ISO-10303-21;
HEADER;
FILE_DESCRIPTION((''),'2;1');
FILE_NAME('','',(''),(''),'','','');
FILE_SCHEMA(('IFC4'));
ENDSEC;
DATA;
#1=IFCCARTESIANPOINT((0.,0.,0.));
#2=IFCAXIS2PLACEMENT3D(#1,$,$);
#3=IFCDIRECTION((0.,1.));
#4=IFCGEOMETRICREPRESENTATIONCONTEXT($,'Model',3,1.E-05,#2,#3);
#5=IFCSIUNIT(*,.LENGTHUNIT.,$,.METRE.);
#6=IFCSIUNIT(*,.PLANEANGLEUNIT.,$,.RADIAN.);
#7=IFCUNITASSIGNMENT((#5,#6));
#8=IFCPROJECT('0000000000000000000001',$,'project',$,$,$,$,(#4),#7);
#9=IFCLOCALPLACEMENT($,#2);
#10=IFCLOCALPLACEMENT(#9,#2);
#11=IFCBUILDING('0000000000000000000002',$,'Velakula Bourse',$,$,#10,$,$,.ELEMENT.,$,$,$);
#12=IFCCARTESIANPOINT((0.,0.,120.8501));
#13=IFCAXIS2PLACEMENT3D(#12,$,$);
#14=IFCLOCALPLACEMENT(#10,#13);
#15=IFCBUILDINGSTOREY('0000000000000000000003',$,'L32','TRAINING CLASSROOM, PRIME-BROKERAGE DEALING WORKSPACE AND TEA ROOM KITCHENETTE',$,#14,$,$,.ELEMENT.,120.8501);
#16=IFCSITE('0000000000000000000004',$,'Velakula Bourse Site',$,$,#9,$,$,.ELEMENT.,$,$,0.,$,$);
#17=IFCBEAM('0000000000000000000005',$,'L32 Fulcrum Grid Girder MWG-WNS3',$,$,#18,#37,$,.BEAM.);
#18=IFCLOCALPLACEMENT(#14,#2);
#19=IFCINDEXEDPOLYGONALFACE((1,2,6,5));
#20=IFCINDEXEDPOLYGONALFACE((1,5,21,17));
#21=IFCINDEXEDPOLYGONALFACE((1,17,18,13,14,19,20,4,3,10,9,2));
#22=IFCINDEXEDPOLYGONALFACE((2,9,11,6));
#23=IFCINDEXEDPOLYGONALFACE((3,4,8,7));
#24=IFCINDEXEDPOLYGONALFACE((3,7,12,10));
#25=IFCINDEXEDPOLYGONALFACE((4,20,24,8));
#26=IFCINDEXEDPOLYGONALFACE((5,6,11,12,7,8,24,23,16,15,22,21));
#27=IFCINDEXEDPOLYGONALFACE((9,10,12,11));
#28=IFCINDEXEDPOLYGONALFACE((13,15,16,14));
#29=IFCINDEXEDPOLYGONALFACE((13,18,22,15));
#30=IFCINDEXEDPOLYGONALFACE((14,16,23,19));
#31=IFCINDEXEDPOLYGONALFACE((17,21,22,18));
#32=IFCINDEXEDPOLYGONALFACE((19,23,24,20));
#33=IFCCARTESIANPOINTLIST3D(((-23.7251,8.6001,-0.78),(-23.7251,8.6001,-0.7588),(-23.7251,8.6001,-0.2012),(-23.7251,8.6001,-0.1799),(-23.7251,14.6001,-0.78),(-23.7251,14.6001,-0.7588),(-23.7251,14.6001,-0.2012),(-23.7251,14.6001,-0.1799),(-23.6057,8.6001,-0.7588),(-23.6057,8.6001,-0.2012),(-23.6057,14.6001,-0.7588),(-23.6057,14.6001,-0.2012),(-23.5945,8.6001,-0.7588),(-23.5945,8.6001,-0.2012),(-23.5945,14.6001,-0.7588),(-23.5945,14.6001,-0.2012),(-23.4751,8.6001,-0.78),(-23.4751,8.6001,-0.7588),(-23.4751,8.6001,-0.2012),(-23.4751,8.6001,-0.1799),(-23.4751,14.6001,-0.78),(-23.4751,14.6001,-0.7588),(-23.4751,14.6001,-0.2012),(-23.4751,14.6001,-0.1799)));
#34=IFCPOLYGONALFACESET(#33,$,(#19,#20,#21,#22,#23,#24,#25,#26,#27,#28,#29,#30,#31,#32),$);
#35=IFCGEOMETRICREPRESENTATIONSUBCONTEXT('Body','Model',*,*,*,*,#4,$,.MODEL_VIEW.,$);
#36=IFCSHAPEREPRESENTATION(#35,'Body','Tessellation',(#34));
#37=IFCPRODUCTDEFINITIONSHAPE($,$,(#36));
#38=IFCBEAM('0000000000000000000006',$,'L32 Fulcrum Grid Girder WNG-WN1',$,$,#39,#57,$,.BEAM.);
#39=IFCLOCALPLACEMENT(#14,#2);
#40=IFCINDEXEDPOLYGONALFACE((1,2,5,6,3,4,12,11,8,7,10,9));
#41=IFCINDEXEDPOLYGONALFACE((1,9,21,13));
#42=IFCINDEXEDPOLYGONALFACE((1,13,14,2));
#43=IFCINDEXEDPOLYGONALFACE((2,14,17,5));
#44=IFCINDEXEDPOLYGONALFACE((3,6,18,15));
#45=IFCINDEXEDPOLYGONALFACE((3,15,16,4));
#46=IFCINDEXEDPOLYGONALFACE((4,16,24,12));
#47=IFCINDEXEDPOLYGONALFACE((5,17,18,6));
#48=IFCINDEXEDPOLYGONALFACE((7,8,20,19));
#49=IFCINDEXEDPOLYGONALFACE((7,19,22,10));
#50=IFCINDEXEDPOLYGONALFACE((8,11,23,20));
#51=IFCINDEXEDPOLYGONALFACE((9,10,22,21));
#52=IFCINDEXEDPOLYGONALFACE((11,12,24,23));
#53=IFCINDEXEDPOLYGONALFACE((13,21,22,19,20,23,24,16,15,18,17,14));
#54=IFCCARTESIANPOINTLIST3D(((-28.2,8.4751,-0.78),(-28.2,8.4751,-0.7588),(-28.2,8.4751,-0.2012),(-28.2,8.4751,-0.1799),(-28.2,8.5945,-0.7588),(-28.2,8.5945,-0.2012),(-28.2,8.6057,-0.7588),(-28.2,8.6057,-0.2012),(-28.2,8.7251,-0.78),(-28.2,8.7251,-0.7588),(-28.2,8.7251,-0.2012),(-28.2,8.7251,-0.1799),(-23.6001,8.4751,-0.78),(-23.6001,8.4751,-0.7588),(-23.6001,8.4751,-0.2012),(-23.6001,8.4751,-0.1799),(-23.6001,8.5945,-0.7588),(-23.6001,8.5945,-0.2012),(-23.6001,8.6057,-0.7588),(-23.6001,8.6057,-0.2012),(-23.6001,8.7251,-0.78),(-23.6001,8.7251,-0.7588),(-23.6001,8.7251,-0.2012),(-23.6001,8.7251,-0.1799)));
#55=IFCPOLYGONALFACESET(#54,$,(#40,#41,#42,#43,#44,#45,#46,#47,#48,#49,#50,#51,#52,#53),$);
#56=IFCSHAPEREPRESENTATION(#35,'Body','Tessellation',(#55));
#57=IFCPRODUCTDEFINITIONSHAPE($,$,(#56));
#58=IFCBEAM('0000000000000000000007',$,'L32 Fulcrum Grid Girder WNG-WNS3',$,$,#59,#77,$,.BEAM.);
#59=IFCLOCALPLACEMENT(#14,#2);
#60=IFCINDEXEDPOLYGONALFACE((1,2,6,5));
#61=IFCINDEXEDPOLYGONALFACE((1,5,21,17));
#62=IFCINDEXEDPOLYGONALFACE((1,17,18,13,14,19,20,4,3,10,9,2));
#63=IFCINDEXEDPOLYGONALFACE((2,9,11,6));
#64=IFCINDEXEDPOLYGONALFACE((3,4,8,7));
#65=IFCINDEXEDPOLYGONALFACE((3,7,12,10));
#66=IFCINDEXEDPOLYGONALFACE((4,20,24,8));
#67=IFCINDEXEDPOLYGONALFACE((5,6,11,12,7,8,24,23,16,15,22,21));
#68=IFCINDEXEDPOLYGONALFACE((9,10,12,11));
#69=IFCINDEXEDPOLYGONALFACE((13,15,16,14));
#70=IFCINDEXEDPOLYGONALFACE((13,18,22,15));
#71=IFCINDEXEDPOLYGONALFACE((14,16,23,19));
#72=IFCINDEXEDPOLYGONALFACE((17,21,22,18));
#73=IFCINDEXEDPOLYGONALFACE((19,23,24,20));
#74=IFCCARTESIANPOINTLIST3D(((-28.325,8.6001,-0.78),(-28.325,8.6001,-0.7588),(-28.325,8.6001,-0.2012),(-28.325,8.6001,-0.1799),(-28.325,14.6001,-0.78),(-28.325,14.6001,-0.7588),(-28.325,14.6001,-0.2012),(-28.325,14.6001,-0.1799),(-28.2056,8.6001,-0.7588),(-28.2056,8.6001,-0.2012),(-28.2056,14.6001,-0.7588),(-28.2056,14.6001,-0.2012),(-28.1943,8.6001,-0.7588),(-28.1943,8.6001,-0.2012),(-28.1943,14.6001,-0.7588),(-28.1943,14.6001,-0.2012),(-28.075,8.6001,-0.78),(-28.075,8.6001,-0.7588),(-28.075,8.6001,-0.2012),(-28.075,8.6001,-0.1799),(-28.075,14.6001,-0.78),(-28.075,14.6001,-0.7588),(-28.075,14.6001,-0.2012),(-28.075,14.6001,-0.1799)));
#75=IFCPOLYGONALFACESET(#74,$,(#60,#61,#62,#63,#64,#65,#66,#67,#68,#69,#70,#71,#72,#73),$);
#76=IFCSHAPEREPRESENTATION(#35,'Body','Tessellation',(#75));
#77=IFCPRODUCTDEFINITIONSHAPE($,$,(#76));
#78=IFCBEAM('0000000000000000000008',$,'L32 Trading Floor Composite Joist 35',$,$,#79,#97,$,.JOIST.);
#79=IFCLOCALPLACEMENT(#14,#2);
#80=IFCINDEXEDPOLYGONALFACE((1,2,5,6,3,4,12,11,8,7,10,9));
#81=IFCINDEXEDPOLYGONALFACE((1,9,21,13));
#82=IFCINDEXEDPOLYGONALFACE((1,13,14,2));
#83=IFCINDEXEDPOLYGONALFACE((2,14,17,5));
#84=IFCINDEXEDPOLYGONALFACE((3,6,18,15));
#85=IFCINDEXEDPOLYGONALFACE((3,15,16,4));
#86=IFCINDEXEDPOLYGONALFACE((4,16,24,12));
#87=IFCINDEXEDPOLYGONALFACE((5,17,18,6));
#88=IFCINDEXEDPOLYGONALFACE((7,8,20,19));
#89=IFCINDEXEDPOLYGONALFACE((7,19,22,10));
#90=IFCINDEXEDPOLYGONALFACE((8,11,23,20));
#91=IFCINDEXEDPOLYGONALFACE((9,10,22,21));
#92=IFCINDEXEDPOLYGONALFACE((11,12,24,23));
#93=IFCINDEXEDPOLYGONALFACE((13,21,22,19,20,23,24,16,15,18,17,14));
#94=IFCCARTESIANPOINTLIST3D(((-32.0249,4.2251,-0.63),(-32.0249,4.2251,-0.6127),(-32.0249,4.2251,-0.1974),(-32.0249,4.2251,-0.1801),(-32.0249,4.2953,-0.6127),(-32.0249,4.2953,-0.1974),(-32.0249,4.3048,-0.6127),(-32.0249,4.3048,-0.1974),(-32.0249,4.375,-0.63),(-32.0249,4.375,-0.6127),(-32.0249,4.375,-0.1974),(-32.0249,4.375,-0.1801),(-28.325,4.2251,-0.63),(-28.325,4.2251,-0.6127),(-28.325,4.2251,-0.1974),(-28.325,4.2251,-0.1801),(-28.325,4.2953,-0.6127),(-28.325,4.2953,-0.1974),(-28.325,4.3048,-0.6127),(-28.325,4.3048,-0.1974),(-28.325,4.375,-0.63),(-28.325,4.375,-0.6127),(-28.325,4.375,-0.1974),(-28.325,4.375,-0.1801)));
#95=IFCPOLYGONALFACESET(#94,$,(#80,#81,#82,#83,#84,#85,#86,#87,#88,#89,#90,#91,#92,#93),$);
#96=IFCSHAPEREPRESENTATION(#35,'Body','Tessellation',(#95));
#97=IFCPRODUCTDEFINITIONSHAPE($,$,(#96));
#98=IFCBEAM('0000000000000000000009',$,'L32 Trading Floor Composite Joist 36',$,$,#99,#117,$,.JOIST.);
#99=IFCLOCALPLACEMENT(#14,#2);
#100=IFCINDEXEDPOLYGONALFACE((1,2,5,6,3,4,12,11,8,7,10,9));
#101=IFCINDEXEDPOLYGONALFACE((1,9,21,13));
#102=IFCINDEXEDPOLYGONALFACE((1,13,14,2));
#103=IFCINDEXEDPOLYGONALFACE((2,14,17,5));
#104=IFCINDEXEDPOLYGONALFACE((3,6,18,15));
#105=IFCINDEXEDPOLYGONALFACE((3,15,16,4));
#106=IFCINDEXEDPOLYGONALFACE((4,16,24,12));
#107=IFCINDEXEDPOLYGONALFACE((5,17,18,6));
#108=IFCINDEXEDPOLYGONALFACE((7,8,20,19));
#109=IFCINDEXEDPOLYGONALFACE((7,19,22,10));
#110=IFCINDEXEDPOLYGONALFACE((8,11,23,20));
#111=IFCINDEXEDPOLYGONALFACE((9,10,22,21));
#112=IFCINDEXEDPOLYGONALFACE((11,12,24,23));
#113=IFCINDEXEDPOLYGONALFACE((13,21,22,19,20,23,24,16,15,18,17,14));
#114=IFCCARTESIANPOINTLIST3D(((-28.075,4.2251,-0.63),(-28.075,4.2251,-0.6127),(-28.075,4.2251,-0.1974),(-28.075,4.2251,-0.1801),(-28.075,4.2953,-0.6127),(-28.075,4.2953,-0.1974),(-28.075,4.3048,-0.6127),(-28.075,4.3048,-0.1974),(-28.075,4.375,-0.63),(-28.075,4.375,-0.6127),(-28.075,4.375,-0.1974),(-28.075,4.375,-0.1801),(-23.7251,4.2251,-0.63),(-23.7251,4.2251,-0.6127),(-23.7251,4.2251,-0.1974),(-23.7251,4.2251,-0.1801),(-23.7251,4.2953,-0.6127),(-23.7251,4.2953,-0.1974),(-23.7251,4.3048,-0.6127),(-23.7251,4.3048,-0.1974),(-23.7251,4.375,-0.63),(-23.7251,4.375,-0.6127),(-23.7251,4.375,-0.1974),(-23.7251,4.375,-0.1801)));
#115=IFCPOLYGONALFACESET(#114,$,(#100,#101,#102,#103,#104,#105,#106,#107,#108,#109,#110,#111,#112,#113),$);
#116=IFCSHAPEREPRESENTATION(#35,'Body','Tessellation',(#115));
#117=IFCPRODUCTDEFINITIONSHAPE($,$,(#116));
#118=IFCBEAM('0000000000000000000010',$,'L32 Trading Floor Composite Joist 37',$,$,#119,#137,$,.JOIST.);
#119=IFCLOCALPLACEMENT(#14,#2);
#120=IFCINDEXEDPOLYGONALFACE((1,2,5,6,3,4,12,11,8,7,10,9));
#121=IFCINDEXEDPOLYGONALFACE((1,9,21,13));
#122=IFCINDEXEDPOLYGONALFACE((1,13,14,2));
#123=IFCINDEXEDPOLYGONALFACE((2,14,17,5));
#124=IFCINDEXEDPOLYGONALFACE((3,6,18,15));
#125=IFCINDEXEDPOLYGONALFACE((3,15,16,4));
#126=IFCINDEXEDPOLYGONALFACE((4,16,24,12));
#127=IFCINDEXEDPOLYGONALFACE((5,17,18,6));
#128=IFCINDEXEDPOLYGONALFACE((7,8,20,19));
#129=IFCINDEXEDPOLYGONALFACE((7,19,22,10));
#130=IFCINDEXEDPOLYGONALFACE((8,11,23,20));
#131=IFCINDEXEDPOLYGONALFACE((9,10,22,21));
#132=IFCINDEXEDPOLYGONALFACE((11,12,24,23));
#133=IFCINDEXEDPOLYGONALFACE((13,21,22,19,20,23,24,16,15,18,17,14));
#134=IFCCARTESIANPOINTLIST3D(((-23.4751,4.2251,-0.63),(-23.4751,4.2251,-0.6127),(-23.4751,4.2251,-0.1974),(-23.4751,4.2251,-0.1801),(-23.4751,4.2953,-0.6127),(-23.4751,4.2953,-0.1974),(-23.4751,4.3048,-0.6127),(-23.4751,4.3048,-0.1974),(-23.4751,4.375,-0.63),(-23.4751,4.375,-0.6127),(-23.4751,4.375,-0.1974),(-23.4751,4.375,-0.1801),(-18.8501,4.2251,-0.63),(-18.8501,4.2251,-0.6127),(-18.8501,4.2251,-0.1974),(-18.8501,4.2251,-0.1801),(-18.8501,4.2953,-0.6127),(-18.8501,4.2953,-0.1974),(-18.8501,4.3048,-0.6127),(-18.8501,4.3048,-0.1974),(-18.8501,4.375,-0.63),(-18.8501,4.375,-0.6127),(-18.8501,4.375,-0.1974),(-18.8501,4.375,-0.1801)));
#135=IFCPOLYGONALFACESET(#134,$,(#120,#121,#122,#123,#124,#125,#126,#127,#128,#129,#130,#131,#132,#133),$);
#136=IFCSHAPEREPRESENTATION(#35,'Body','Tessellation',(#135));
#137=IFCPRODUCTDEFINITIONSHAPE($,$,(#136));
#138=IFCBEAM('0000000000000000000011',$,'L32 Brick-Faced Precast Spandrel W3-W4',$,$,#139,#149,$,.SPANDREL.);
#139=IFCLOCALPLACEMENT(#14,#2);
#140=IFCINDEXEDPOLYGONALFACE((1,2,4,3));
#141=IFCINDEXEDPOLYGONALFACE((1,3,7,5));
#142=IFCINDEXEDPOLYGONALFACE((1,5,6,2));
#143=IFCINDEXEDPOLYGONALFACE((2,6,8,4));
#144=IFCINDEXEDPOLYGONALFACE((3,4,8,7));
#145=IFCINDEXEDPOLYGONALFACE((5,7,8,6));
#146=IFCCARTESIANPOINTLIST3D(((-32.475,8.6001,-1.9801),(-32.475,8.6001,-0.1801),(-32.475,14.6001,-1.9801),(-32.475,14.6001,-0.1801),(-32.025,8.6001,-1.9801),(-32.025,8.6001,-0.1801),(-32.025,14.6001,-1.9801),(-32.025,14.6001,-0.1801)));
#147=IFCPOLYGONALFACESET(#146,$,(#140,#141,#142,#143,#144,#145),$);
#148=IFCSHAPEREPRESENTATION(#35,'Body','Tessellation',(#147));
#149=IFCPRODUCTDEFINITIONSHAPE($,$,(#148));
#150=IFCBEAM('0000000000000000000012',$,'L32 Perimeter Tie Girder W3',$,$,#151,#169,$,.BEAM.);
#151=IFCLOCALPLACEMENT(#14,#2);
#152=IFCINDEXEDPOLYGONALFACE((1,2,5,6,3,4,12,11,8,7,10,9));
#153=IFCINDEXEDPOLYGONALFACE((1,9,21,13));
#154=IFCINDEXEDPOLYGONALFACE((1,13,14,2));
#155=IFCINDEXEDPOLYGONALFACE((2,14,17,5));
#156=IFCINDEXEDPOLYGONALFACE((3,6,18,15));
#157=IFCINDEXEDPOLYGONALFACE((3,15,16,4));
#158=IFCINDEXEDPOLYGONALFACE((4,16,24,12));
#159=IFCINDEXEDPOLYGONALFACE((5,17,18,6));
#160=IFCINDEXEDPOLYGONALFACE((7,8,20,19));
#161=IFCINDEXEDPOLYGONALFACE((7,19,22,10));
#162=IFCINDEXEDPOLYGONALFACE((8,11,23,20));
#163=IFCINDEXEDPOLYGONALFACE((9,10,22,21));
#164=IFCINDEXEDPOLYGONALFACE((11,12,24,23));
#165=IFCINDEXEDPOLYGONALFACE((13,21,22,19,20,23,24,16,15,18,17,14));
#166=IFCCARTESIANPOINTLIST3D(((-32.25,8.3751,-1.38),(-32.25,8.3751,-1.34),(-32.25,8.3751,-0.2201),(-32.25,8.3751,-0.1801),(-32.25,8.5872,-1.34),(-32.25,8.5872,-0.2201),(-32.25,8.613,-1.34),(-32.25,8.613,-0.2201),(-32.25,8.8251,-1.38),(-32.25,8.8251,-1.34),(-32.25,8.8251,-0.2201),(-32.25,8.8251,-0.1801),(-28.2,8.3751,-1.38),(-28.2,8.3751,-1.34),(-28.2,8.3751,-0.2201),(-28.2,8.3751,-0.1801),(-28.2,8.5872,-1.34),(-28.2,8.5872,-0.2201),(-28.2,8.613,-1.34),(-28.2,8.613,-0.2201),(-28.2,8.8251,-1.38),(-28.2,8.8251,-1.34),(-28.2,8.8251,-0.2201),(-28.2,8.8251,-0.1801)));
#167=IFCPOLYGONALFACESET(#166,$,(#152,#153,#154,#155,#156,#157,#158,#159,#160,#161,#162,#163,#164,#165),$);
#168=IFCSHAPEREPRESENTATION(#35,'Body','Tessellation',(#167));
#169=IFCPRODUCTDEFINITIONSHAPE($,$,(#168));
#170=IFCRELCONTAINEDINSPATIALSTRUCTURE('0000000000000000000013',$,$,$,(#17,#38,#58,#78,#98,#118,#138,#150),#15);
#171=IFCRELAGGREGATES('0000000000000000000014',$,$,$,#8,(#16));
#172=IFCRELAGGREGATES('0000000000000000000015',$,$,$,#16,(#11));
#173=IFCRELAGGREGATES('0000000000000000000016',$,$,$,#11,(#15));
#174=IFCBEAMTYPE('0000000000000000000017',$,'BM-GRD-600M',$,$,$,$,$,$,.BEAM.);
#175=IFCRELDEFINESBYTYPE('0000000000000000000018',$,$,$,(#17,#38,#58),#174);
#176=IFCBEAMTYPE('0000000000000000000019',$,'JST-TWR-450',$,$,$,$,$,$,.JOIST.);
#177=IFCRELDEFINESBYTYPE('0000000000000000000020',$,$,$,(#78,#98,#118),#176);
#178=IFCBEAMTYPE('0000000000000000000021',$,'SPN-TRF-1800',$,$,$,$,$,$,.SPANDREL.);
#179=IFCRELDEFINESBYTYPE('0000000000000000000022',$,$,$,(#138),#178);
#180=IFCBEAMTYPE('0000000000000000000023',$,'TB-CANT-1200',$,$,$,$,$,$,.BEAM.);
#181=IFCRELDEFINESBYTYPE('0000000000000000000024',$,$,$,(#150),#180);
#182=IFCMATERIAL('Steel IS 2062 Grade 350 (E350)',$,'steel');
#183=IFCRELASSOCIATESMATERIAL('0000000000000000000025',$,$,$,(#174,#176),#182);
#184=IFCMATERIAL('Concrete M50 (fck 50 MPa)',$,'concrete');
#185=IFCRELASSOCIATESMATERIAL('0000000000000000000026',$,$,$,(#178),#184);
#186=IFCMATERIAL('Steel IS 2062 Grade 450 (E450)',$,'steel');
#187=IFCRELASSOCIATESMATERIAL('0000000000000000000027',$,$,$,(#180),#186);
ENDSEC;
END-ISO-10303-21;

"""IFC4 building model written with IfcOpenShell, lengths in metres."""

from ifc_helpers import new_model, si_unit, direction, frame, origin, origin_2d, place, context, subcontext, project, spatial, rectangle, i_section, extrude, material, material_profile, profile_set, type_object, element, save


model = new_model("IFC4")

# Units and contexts
model_context = context("Model", 3, precision=1e-05, world=origin(), true_north=direction((0.0, 1.0)))
body_context = subcontext(model_context, "Body", "Model", "MODEL_VIEW")
ifc_project = project(units=[si_unit("LENGTHUNIT", "METRE"), si_unit("PLANEANGLEUNIT", "RADIAN")], contexts=[model_context])

# Site, building, storey
site_placement = place(None, origin())
site = spatial("IfcSite", under=ifc_project, at=site_placement, Name="Velakula Bourse Site", CompositionType="ELEMENT", RefElevation=0.0)
building_placement = place(site_placement, origin())
building = spatial("IfcBuilding", under=site, at=building_placement, Name="Velakula Bourse", CompositionType="ELEMENT")
storey_placement = place(building_placement, frame((0.0, 0.0, 120.8501)))
storey = spatial("IfcBuildingStorey", under=building, at=storey_placement, Name="L32", Description="TRAINING CLASSROOM, PRIME-BROKERAGE DEALING WORKSPACE AND TEA ROOM KITCHENETTE", CompositionType="ELEMENT", Elevation=120.8501)

# Shared definitions
ifc_material_1 = material(Name="Steel IS 2062 Grade 350 (E350)", Category="steel")

# Beams
ifc_material_profile_1 = material_profile(ifc_material_1, i_section(OverallWidth=0.25, OverallDepth=0.6001, WebThickness=0.0112, FlangeThickness=0.0212, at=origin_2d()), Name="Steel IS 2062 Grade 350 (E350)")
ifc_profile_set_1 = profile_set([ifc_material_profile_1], Name="Steel IS 2062 Grade 350 (E350)")
beam_type_1 = type_object("IfcBeamType", Name="BM-GRD-600M", PredefinedType="BEAM", material=ifc_profile_set_1)
beam_1_placement = place(storey_placement, frame((-23.6001, 8.6001, -0.48), z_axis=(0.0, 1.0, 0.0), x_axis=(-1.0, 0.0, 0.0)))
element("IfcBeam", 1, at=beam_1_placement, inside=storey, type_object=beam_type_1, Name="L32 Fulcrum Grid Girder MWG-WNS3", PredefinedType="BEAM", context=body_context, shape_type="SweptSolid", body=[
    extrude(i_section(OverallWidth=0.25, OverallDepth=0.6001, WebThickness=0.0112, FlangeThickness=0.0212, at=origin_2d()), origin(), (0.0, 0.0, 1.0), 6.0),
])
beam_2_placement = place(storey_placement, frame((-28.2, 8.6001, -0.48), z_axis=(1.0, 0.0, 0.0), x_axis=(0.0, 1.0, 0.0)))
element("IfcBeam", 2, at=beam_2_placement, inside=storey, type_object=beam_type_1, Name="L32 Fulcrum Grid Girder WNG-WN1", PredefinedType="BEAM", context=body_context, shape_type="SweptSolid", body=[
    extrude(i_section(OverallWidth=0.25, OverallDepth=0.6001, WebThickness=0.0112, FlangeThickness=0.0212, at=origin_2d()), origin(), (0.0, 0.0, 1.0), 4.5999),
])
beam_3_placement = place(storey_placement, frame((-28.2, 8.6001, -0.48), z_axis=(0.0, 1.0, 0.0), x_axis=(-1.0, 0.0, 0.0)))
element("IfcBeam", 3, at=beam_3_placement, inside=storey, type_object=beam_type_1, Name="L32 Fulcrum Grid Girder WNG-WNS3", PredefinedType="BEAM", context=body_context, shape_type="SweptSolid", body=[
    extrude(i_section(OverallWidth=0.25, OverallDepth=0.6001, WebThickness=0.0112, FlangeThickness=0.0212, at=origin_2d()), origin(), (0.0, 0.0, 1.0), 6.0),
])
ifc_material_profile_2 = material_profile(ifc_material_1, i_section(OverallWidth=0.1499, OverallDepth=0.45, WebThickness=0.0095, FlangeThickness=0.0173, at=origin_2d()), Name="Steel IS 2062 Grade 350 (E350)")
ifc_profile_set_2 = profile_set([ifc_material_profile_2], Name="Steel IS 2062 Grade 350 (E350)")
beam_type_2 = type_object("IfcBeamType", Name="JST-TWR-450", PredefinedType="JOIST", material=ifc_profile_set_2)
beam_4_placement = place(storey_placement, frame((-32.0249, 4.3, -0.405), z_axis=(1.0, 0.0, 0.0), x_axis=(0.0, 1.0, 0.0)))
element("IfcBeam", 4, at=beam_4_placement, inside=storey, type_object=beam_type_2, Name="L32 Trading Floor Composite Joist 35", PredefinedType="JOIST", context=body_context, shape_type="SweptSolid", body=[
    extrude(i_section(OverallWidth=0.1499, OverallDepth=0.45, WebThickness=0.0095, FlangeThickness=0.0173, at=origin_2d()), origin(), (0.0, 0.0, 1.0), 3.7),
])
beam_5_placement = place(storey_placement, frame((-28.075, 4.3, -0.405), z_axis=(1.0, 0.0, 0.0), x_axis=(0.0, 1.0, 0.0)))
element("IfcBeam", 5, at=beam_5_placement, inside=storey, type_object=beam_type_2, Name="L32 Trading Floor Composite Joist 36", PredefinedType="JOIST", context=body_context, shape_type="SweptSolid", body=[
    extrude(i_section(OverallWidth=0.1499, OverallDepth=0.45, WebThickness=0.0095, FlangeThickness=0.0173, at=origin_2d()), origin(), (0.0, 0.0, 1.0), 4.3499),
])
beam_6_placement = place(storey_placement, frame((-23.4751, 4.3, -0.405), z_axis=(1.0, 0.0, 0.0), x_axis=(0.0, 1.0, 0.0)))
element("IfcBeam", 6, at=beam_6_placement, inside=storey, type_object=beam_type_2, Name="L32 Trading Floor Composite Joist 37", PredefinedType="JOIST", context=body_context, shape_type="SweptSolid", body=[
    extrude(i_section(OverallWidth=0.1499, OverallDepth=0.45, WebThickness=0.0095, FlangeThickness=0.0173, at=origin_2d()), origin(), (0.0, 0.0, 1.0), 4.625),
])
ifc_material_2 = material(Name="Concrete M50 (fck 50 MPa)", Category="concrete")
ifc_material_profile_3 = material_profile(ifc_material_2, rectangle(XDim=0.45, YDim=1.8, at=origin_2d()), Name="Concrete M50 (fck 50 MPa)")
ifc_profile_set_3 = profile_set([ifc_material_profile_3], Name="Concrete M50 (fck 50 MPa)")
beam_type_3 = type_object("IfcBeamType", Name="SPN-TRF-1800", PredefinedType="SPANDREL", material=ifc_profile_set_3)
beam_7_placement = place(storey_placement, frame((-32.25, 8.6001, -1.0801), z_axis=(0.0, 1.0, 0.0), x_axis=(-1.0, 0.0, 0.0)))
element("IfcBeam", 7, at=beam_7_placement, inside=storey, type_object=beam_type_3, Name="L32 Brick-Faced Precast Spandrel W3-W4", PredefinedType="SPANDREL", context=body_context, shape_type="SweptSolid", body=[
    extrude(rectangle(XDim=0.45, YDim=1.8, at=origin_2d()), origin(), (0.0, 0.0, 1.0), 6.0),
])
ifc_material_3 = material(Name="Steel IS 2062 Grade 450 (E450)", Category="steel")
ifc_material_profile_4 = material_profile(ifc_material_3, i_section(OverallWidth=0.45, OverallDepth=1.2, WebThickness=0.0259, FlangeThickness=0.04, at=origin_2d()), Name="Steel IS 2062 Grade 450 (E450)")
ifc_profile_set_4 = profile_set([ifc_material_profile_4], Name="Steel IS 2062 Grade 450 (E450)")
beam_type_4 = type_object("IfcBeamType", Name="TB-CANT-1200", PredefinedType="BEAM", material=ifc_profile_set_4)
beam_8_placement = place(storey_placement, frame((-28.2, 8.6001, -0.78), z_axis=(-1.0, 0.0, 0.0), x_axis=(0.0, -1.0, 0.0)))
element("IfcBeam", 8, at=beam_8_placement, inside=storey, type_object=beam_type_4, Name="L32 Perimeter Tie Girder W3", PredefinedType="BEAM", context=body_context, shape_type="SweptSolid", body=[
    extrude(i_section(OverallWidth=0.45, OverallDepth=1.2, WebThickness=0.0259, FlangeThickness=0.04, at=origin_2d()), origin(), (0.0, 0.0, 1.0), 4.05),
])

save(model, "model.ifc")
